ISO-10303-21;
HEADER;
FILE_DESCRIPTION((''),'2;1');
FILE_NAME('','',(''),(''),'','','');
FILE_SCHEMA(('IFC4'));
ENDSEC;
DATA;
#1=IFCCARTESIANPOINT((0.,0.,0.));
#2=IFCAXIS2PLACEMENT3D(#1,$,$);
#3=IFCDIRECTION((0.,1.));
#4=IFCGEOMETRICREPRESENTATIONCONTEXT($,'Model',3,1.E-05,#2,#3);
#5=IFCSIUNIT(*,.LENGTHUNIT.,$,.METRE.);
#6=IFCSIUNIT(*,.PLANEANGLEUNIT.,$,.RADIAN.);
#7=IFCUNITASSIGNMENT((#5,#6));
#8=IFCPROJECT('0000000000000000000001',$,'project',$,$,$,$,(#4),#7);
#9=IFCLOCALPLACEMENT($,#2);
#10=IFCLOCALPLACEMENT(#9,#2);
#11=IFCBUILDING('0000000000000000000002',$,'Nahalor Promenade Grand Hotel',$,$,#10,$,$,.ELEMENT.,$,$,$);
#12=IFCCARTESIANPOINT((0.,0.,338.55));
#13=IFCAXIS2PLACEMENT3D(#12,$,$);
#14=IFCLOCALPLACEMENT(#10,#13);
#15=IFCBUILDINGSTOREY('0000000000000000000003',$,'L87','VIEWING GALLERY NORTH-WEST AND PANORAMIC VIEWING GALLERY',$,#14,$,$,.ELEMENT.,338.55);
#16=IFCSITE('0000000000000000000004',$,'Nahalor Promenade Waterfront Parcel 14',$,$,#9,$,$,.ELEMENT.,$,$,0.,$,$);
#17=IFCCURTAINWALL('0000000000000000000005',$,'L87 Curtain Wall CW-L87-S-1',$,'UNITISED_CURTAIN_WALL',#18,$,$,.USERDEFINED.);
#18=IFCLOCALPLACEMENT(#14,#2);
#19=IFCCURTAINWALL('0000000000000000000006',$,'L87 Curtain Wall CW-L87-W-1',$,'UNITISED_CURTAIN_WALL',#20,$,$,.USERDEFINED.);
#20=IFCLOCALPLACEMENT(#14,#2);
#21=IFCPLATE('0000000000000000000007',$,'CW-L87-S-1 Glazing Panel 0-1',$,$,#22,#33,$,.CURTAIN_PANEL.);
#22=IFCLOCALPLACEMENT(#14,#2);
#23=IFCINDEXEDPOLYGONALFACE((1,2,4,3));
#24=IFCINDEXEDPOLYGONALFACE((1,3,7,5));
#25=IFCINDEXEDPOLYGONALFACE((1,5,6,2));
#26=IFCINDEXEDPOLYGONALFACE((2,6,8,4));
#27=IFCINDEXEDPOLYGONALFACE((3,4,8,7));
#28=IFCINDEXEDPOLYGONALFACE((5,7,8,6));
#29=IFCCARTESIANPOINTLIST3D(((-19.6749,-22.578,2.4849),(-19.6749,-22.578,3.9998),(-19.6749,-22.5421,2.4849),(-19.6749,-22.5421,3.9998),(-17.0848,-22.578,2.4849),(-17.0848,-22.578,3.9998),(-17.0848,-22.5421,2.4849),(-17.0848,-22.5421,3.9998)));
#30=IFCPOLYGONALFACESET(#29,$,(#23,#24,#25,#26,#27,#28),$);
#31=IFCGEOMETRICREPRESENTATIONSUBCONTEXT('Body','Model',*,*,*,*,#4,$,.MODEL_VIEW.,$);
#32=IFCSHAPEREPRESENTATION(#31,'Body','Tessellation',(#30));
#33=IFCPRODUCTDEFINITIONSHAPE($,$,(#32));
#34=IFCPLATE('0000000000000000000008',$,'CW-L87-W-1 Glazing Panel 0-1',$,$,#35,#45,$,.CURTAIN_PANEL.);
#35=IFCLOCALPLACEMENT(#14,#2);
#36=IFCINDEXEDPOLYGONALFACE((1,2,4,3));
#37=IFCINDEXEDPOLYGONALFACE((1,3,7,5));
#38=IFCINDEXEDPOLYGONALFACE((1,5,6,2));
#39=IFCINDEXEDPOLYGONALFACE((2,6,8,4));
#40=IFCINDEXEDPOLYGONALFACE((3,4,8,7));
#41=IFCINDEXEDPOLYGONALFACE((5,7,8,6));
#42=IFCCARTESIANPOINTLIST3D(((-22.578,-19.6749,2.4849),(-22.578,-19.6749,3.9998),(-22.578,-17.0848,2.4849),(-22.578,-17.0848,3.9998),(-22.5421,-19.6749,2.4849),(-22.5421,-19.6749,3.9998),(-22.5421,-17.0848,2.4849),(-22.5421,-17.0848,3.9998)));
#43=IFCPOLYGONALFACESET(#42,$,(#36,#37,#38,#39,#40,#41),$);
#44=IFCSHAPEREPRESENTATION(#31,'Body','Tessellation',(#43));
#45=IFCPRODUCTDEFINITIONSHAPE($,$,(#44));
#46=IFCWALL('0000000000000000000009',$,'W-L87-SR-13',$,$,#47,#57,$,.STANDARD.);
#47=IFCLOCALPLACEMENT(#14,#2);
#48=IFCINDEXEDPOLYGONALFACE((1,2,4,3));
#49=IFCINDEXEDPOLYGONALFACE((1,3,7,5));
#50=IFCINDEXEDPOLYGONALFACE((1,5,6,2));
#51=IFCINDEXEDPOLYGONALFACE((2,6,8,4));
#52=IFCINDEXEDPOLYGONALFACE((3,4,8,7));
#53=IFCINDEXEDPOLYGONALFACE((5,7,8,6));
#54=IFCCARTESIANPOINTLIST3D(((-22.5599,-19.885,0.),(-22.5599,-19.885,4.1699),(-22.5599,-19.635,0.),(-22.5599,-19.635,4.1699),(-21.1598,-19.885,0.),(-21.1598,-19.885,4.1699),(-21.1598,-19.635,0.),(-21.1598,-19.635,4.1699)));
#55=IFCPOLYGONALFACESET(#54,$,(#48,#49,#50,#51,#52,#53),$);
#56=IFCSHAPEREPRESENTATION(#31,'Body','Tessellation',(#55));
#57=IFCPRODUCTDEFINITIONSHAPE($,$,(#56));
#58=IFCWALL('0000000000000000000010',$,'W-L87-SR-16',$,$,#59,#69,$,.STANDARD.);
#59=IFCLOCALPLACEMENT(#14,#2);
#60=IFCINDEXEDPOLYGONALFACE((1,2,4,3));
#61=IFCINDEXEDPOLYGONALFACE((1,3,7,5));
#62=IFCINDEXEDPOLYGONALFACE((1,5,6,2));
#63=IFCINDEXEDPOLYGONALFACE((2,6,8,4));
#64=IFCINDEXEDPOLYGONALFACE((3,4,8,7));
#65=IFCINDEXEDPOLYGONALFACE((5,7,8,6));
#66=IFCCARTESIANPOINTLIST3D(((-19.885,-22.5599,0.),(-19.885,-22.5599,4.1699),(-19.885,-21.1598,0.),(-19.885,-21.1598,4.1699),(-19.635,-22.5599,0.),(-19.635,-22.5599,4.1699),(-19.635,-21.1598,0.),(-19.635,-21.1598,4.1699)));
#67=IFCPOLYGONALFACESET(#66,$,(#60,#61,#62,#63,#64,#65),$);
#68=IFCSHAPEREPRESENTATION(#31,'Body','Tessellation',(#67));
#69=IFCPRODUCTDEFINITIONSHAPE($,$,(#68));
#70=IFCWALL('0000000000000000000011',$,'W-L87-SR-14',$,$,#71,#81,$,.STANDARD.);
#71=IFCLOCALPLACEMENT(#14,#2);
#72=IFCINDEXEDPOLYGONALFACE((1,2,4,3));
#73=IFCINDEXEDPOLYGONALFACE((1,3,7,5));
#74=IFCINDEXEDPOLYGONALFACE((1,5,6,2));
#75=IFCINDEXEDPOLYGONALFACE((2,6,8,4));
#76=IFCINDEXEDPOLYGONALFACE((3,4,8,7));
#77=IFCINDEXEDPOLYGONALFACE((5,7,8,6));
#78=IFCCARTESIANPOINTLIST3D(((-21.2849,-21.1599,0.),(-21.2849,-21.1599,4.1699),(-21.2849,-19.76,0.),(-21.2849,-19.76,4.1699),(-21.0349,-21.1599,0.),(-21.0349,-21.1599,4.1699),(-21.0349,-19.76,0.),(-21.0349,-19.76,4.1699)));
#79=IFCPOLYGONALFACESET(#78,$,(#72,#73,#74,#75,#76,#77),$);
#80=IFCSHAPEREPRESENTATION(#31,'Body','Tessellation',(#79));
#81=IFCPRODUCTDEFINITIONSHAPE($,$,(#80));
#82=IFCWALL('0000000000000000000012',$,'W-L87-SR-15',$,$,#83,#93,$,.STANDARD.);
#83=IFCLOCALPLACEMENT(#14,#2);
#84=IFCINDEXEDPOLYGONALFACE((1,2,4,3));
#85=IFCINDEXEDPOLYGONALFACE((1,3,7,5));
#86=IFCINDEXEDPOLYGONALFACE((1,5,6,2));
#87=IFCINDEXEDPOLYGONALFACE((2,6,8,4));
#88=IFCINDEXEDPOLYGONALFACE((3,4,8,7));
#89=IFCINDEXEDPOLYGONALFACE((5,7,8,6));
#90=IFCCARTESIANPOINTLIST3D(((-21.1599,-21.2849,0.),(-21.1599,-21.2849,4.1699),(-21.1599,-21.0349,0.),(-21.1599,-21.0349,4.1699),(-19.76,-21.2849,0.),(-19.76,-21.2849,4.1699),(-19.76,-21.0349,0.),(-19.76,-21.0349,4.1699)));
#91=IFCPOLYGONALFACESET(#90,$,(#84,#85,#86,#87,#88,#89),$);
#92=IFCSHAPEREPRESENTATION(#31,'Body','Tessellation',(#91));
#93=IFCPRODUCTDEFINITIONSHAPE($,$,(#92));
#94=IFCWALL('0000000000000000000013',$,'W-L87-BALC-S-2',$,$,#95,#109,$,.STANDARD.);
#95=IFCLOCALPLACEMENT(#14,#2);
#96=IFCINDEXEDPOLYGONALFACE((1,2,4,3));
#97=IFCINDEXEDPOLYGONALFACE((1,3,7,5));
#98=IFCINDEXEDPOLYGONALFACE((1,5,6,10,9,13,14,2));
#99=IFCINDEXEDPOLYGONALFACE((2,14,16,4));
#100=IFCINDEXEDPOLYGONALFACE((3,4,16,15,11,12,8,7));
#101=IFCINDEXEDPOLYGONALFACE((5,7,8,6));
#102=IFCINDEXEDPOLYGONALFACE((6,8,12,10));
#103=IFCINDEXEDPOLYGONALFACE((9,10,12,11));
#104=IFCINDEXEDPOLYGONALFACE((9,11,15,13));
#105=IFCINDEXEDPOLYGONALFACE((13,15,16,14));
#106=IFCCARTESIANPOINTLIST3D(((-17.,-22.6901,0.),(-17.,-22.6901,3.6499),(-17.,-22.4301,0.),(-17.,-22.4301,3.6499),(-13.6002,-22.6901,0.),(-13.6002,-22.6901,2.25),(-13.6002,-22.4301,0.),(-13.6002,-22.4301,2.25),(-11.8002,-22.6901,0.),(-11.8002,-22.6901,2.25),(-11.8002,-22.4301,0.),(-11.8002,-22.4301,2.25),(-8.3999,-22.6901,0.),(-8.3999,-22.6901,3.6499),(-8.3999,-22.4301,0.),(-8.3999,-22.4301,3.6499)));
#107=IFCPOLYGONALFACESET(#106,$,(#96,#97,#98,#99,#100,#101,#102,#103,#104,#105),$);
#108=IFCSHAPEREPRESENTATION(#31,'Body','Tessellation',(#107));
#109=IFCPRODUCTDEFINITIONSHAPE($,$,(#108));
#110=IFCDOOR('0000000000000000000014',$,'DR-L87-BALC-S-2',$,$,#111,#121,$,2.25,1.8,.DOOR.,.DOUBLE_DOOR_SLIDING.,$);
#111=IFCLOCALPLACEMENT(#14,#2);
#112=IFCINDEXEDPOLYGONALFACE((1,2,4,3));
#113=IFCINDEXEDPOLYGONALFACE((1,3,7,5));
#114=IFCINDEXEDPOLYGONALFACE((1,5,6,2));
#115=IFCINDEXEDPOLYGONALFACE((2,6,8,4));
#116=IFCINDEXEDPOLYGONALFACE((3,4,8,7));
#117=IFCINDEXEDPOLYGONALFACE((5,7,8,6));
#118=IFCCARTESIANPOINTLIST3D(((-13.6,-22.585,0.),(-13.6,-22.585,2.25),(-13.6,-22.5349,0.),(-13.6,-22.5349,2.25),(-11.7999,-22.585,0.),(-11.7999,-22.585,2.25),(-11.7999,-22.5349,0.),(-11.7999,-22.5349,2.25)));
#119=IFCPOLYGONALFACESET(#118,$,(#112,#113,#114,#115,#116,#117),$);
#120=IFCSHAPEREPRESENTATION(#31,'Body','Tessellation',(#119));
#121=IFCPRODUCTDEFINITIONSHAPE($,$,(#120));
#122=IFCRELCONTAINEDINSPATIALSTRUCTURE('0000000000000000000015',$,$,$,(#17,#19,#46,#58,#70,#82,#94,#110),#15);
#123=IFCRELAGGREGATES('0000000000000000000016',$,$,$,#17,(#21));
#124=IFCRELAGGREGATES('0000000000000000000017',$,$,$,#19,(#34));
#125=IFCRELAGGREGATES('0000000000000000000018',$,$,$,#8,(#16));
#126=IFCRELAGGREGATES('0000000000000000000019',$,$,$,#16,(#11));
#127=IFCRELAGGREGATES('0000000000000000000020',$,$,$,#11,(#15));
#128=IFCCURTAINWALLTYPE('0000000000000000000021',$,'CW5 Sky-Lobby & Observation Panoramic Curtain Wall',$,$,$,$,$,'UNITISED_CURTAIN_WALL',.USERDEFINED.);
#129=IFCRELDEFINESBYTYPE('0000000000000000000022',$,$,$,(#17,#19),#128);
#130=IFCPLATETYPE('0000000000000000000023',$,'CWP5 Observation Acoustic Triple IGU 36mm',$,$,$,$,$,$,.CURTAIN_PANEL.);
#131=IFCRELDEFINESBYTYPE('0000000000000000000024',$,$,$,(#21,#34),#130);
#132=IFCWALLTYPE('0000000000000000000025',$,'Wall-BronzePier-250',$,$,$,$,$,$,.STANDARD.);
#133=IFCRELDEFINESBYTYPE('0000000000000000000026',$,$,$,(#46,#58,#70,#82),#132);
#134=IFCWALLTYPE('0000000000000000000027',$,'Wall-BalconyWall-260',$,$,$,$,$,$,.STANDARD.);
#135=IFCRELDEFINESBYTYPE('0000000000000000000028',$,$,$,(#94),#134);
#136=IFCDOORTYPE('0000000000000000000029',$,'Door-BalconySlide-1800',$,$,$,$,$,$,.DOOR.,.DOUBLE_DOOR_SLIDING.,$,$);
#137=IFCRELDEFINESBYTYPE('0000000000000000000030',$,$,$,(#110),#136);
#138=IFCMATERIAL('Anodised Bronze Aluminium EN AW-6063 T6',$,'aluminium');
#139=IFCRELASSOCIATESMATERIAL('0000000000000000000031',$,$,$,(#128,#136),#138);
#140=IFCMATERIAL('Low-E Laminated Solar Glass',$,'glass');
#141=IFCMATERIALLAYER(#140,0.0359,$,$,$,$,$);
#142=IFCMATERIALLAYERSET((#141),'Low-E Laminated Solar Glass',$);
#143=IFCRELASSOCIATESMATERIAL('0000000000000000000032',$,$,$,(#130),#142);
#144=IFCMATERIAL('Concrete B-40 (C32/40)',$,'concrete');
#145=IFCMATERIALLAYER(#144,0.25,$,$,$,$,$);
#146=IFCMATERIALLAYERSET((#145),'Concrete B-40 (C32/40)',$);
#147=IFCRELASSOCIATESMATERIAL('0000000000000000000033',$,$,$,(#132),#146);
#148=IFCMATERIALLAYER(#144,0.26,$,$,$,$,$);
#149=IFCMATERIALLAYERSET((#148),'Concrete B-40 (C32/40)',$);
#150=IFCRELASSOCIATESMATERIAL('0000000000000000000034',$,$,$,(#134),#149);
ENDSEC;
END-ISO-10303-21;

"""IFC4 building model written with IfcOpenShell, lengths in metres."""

from ifc_helpers import new_model, si_unit, direction, frame, frame_2d, origin, origin_2d, place, context, subcontext, project, spatial, rectangle, extrude, source, transform, mapped, material, layer, layer_set, type_object, element, fill, aggregate, save


model = new_model("IFC4")

# Units and contexts
model_context = context("Model", 3, precision=1e-05, world=origin(), true_north=direction((0.0, 1.0)))
body_context = subcontext(model_context, "Body", "Model", "MODEL_VIEW")
ifc_project = project(units=[si_unit("LENGTHUNIT", "METRE"), si_unit("PLANEANGLEUNIT", "RADIAN")], contexts=[model_context])

# Site, building, storey
site_placement = place(None, origin())
site = spatial("IfcSite", under=ifc_project, at=site_placement, Name="Nahalor Promenade Waterfront Parcel 14", CompositionType="ELEMENT", RefElevation=0.0)
building_placement = place(site_placement, origin())
building = spatial("IfcBuilding", under=site, at=building_placement, Name="Nahalor Promenade Grand Hotel", CompositionType="ELEMENT")
storey_placement = place(building_placement, frame((0.0, 0.0, 338.55)))
storey = spatial("IfcBuildingStorey", under=building, at=storey_placement, Name="L87", Description="VIEWING GALLERY NORTH-WEST AND PANORAMIC VIEWING GALLERY", CompositionType="ELEMENT", Elevation=338.55)

# Curtain wall
ifc_material_1 = material(Name="Anodised Bronze Aluminium EN AW-6063 T6", Category="aluminium")
curtain_wall_type = type_object("IfcCurtainWallType", Name="CW5 Sky-Lobby & Observation Panoramic Curtain Wall", ElementType="UNITISED_CURTAIN_WALL", PredefinedType="USERDEFINED", material=ifc_material_1)
curtain_wall_1_placement = place(storey_placement, origin())
curtain_wall_1 = element("IfcCurtainWall", 1, at=curtain_wall_1_placement, inside=storey, type_object=curtain_wall_type, Name="L87 Curtain Wall CW-L87-S-1", ObjectType="UNITISED_CURTAIN_WALL", PredefinedType="USERDEFINED")

# Curtain wall
curtain_wall_2_placement = place(storey_placement, origin())
curtain_wall_2 = element("IfcCurtainWall", 2, at=curtain_wall_2_placement, inside=storey, type_object=curtain_wall_type, Name="L87 Curtain Wall CW-L87-W-1", ObjectType="UNITISED_CURTAIN_WALL", PredefinedType="USERDEFINED")

# Plates
ifc_material_2 = material(Name="Low-E Laminated Solar Glass", Category="glass")
ifc_layer_1 = layer(ifc_material_2, 0.0359)
ifc_layer_set_1 = layer_set([ifc_layer_1], Name="Low-E Laminated Solar Glass")
plate_type = type_object("IfcPlateType", Name="CWP5 Observation Acoustic Triple IGU 36mm", PredefinedType="CURTAIN_PANEL", material=ifc_layer_set_1)
shared_shape_1 = source(origin(), body_context, "Body", "SweptSolid", [
    extrude(rectangle(XDim=2.5901, YDim=0.0359, at=origin_2d()), origin(), (0.0, 0.0, 1.0), 1.5149),
])
plate_1_placement = place(storey_placement, frame((-18.3799, -22.5601, 2.4849), z_axis=(0.0, 0.0, 1.0), x_axis=(1.0, 0.0, 0.0)))
plate_1 = element("IfcPlate", 3, at=plate_1_placement, type_object=plate_type, Name="CW-L87-S-1 Glazing Panel 0-1", PredefinedType="CURTAIN_PANEL", context=body_context, shape_type="MappedRepresentation", body=[
    mapped(shared_shape_1, transform((0.0, 0.0, 0.0), scale=1.0)),
])
aggregate(curtain_wall_1, [plate_1])
plate_2_placement = place(storey_placement, frame((-22.5601, -18.3799, 2.4849), z_axis=(0.0, 0.0, 1.0), x_axis=(0.0, 1.0, 0.0)))
plate_2 = element("IfcPlate", 4, at=plate_2_placement, type_object=plate_type, Name="CW-L87-W-1 Glazing Panel 0-1", PredefinedType="CURTAIN_PANEL", context=body_context, shape_type="MappedRepresentation", body=[
    mapped(shared_shape_1, transform((0.0, 0.0, 0.0), scale=1.0)),
])
aggregate(curtain_wall_2, [plate_2])

# Walls
ifc_material_3 = material(Name="Concrete B-40 (C32/40)", Category="concrete")
ifc_layer_2 = layer(ifc_material_3, 0.25)
ifc_layer_set_2 = layer_set([ifc_layer_2], Name="Concrete B-40 (C32/40)")
wall_type_1 = type_object("IfcWallType", Name="Wall-BronzePier-250", PredefinedType="STANDARD", material=ifc_layer_set_2)
shared_shape_2 = source(origin(), body_context, "Body", "SweptSolid", [
    extrude(rectangle(XDim=1.4001, YDim=0.25, at=frame_2d((0.7002, 0.0))), origin(), (0.0, 0.0, 1.0), 4.1699),
])
for number, where, z_axis, x_axis, name in (
    (5, (-22.5601, -19.76, 0.0), (0.0, 0.0, 1.0), (1.0, 0.0, 0.0), "W-L87-SR-13"),
    (6, (-19.76, -22.5601, 0.0), (0.0, 0.0, 1.0), (0.0, 1.0, 0.0), "W-L87-SR-16"),
):
    element("IfcWall", number, at=place(storey_placement, frame(where, z_axis=z_axis, x_axis=x_axis)), inside=storey, type_object=wall_type_1, Name=name, PredefinedType="STANDARD", context=body_context, shape_type="MappedRepresentation", body=[
        mapped(shared_shape_2, transform((0.0, 0.0, 0.0), scale=1.0)),
    ])
shared_shape_3 = source(origin(), body_context, "Body", "SweptSolid", [
    extrude(rectangle(XDim=1.3999, YDim=0.25, at=frame_2d((0.7, 0.0))), origin(), (0.0, 0.0, 1.0), 4.1699),
])
for number, where, z_axis, x_axis, name in (
    (7, (-21.1599, -21.1599, 0.0), (0.0, 0.0, 1.0), (0.0, 1.0, 0.0), "W-L87-SR-14"),
    (8, (-21.1599, -21.1599, 0.0), (0.0, 0.0, 1.0), (1.0, 0.0, 0.0), "W-L87-SR-15"),
):
    element("IfcWall", number, at=place(storey_placement, frame(where, z_axis=z_axis, x_axis=x_axis)), inside=storey, type_object=wall_type_1, Name=name, PredefinedType="STANDARD", context=body_context, shape_type="MappedRepresentation", body=[
        mapped(shared_shape_3, transform((0.0, 0.0, 0.0), scale=1.0)),
    ])

# Wall, opening, door
ifc_layer_3 = layer(ifc_material_3, 0.26)
ifc_layer_set_3 = layer_set([ifc_layer_3], Name="Concrete B-40 (C32/40)")
wall_type_2 = type_object("IfcWallType", Name="Wall-BalconyWall-260", PredefinedType="STANDARD", material=ifc_layer_set_3)
shared_shape_4 = source(origin(), body_context, "Body", "SweptSolid", [
    extrude(rectangle(XDim=8.6001, YDim=0.26, at=frame_2d((4.3, 0.0))), origin(), (0.0, 0.0, 1.0), 3.6499),
])
wall_placement = place(storey_placement, frame((-17.0, -22.5601, 0.0), z_axis=(0.0, 0.0, 1.0), x_axis=(1.0, 0.0, 0.0)))
wall = element("IfcWall", 9, at=wall_placement, inside=storey, type_object=wall_type_2, Name="W-L87-BALC-S-2", PredefinedType="STANDARD", context=body_context, shape_type="MappedRepresentation", body=[
    mapped(shared_shape_4, transform((0.0, 0.0, 0.0), scale=1.0)),
])
opening_placement = place(wall_placement, frame((3.3999, 0.0, 0.0)))
opening = element("IfcOpeningElement", 10, at=opening_placement, cuts=wall, PredefinedType="OPENING", context=body_context, shape_type="SweptSolid", body=[
    extrude(rectangle(XDim=1.8, YDim=2.25, at=frame_2d((0.8999, 1.125))), frame((0.0, 0.1399, 0.0), z_axis=(0.0, -1.0, 0.0), x_axis=(1.0, 0.0, 0.0)), (0.0, 0.0, 1.0), 0.28),
])
door_type = type_object("IfcDoorType", Name="Door-BalconySlide-1800", OperationType="DOUBLE_DOOR_SLIDING", PredefinedType="DOOR", material=ifc_material_1)
shared_shape_5 = source(origin(), body_context, "Body", "SweptSolid", [
    extrude(rectangle(XDim=1.8, YDim=2.25, at=frame_2d((0.8999, 1.125))), frame((0.0, 0.0249, 0.0), z_axis=(0.0, -1.0, 0.0), x_axis=(1.0, 0.0, 0.0)), (0.0, 0.0, 1.0), 0.05),
])
door_placement = place(opening_placement, frame((1.8, 0.0, 0.0), z_axis=(0.0, 0.0, 1.0), x_axis=(-1.0, 0.0, 0.0)))
door = element("IfcDoor", 11, at=door_placement, inside=storey, type_object=door_type, Name="DR-L87-BALC-S-2", OperationType="DOUBLE_DOOR_SLIDING", OverallHeight=2.25, OverallWidth=1.8, PredefinedType="DOOR", context=body_context, shape_type="MappedRepresentation", body=[
    mapped(shared_shape_5, transform((0.0, 0.0, 0.0), scale=1.0)),
])
fill(opening, door)

save(model, "model.ifc")
